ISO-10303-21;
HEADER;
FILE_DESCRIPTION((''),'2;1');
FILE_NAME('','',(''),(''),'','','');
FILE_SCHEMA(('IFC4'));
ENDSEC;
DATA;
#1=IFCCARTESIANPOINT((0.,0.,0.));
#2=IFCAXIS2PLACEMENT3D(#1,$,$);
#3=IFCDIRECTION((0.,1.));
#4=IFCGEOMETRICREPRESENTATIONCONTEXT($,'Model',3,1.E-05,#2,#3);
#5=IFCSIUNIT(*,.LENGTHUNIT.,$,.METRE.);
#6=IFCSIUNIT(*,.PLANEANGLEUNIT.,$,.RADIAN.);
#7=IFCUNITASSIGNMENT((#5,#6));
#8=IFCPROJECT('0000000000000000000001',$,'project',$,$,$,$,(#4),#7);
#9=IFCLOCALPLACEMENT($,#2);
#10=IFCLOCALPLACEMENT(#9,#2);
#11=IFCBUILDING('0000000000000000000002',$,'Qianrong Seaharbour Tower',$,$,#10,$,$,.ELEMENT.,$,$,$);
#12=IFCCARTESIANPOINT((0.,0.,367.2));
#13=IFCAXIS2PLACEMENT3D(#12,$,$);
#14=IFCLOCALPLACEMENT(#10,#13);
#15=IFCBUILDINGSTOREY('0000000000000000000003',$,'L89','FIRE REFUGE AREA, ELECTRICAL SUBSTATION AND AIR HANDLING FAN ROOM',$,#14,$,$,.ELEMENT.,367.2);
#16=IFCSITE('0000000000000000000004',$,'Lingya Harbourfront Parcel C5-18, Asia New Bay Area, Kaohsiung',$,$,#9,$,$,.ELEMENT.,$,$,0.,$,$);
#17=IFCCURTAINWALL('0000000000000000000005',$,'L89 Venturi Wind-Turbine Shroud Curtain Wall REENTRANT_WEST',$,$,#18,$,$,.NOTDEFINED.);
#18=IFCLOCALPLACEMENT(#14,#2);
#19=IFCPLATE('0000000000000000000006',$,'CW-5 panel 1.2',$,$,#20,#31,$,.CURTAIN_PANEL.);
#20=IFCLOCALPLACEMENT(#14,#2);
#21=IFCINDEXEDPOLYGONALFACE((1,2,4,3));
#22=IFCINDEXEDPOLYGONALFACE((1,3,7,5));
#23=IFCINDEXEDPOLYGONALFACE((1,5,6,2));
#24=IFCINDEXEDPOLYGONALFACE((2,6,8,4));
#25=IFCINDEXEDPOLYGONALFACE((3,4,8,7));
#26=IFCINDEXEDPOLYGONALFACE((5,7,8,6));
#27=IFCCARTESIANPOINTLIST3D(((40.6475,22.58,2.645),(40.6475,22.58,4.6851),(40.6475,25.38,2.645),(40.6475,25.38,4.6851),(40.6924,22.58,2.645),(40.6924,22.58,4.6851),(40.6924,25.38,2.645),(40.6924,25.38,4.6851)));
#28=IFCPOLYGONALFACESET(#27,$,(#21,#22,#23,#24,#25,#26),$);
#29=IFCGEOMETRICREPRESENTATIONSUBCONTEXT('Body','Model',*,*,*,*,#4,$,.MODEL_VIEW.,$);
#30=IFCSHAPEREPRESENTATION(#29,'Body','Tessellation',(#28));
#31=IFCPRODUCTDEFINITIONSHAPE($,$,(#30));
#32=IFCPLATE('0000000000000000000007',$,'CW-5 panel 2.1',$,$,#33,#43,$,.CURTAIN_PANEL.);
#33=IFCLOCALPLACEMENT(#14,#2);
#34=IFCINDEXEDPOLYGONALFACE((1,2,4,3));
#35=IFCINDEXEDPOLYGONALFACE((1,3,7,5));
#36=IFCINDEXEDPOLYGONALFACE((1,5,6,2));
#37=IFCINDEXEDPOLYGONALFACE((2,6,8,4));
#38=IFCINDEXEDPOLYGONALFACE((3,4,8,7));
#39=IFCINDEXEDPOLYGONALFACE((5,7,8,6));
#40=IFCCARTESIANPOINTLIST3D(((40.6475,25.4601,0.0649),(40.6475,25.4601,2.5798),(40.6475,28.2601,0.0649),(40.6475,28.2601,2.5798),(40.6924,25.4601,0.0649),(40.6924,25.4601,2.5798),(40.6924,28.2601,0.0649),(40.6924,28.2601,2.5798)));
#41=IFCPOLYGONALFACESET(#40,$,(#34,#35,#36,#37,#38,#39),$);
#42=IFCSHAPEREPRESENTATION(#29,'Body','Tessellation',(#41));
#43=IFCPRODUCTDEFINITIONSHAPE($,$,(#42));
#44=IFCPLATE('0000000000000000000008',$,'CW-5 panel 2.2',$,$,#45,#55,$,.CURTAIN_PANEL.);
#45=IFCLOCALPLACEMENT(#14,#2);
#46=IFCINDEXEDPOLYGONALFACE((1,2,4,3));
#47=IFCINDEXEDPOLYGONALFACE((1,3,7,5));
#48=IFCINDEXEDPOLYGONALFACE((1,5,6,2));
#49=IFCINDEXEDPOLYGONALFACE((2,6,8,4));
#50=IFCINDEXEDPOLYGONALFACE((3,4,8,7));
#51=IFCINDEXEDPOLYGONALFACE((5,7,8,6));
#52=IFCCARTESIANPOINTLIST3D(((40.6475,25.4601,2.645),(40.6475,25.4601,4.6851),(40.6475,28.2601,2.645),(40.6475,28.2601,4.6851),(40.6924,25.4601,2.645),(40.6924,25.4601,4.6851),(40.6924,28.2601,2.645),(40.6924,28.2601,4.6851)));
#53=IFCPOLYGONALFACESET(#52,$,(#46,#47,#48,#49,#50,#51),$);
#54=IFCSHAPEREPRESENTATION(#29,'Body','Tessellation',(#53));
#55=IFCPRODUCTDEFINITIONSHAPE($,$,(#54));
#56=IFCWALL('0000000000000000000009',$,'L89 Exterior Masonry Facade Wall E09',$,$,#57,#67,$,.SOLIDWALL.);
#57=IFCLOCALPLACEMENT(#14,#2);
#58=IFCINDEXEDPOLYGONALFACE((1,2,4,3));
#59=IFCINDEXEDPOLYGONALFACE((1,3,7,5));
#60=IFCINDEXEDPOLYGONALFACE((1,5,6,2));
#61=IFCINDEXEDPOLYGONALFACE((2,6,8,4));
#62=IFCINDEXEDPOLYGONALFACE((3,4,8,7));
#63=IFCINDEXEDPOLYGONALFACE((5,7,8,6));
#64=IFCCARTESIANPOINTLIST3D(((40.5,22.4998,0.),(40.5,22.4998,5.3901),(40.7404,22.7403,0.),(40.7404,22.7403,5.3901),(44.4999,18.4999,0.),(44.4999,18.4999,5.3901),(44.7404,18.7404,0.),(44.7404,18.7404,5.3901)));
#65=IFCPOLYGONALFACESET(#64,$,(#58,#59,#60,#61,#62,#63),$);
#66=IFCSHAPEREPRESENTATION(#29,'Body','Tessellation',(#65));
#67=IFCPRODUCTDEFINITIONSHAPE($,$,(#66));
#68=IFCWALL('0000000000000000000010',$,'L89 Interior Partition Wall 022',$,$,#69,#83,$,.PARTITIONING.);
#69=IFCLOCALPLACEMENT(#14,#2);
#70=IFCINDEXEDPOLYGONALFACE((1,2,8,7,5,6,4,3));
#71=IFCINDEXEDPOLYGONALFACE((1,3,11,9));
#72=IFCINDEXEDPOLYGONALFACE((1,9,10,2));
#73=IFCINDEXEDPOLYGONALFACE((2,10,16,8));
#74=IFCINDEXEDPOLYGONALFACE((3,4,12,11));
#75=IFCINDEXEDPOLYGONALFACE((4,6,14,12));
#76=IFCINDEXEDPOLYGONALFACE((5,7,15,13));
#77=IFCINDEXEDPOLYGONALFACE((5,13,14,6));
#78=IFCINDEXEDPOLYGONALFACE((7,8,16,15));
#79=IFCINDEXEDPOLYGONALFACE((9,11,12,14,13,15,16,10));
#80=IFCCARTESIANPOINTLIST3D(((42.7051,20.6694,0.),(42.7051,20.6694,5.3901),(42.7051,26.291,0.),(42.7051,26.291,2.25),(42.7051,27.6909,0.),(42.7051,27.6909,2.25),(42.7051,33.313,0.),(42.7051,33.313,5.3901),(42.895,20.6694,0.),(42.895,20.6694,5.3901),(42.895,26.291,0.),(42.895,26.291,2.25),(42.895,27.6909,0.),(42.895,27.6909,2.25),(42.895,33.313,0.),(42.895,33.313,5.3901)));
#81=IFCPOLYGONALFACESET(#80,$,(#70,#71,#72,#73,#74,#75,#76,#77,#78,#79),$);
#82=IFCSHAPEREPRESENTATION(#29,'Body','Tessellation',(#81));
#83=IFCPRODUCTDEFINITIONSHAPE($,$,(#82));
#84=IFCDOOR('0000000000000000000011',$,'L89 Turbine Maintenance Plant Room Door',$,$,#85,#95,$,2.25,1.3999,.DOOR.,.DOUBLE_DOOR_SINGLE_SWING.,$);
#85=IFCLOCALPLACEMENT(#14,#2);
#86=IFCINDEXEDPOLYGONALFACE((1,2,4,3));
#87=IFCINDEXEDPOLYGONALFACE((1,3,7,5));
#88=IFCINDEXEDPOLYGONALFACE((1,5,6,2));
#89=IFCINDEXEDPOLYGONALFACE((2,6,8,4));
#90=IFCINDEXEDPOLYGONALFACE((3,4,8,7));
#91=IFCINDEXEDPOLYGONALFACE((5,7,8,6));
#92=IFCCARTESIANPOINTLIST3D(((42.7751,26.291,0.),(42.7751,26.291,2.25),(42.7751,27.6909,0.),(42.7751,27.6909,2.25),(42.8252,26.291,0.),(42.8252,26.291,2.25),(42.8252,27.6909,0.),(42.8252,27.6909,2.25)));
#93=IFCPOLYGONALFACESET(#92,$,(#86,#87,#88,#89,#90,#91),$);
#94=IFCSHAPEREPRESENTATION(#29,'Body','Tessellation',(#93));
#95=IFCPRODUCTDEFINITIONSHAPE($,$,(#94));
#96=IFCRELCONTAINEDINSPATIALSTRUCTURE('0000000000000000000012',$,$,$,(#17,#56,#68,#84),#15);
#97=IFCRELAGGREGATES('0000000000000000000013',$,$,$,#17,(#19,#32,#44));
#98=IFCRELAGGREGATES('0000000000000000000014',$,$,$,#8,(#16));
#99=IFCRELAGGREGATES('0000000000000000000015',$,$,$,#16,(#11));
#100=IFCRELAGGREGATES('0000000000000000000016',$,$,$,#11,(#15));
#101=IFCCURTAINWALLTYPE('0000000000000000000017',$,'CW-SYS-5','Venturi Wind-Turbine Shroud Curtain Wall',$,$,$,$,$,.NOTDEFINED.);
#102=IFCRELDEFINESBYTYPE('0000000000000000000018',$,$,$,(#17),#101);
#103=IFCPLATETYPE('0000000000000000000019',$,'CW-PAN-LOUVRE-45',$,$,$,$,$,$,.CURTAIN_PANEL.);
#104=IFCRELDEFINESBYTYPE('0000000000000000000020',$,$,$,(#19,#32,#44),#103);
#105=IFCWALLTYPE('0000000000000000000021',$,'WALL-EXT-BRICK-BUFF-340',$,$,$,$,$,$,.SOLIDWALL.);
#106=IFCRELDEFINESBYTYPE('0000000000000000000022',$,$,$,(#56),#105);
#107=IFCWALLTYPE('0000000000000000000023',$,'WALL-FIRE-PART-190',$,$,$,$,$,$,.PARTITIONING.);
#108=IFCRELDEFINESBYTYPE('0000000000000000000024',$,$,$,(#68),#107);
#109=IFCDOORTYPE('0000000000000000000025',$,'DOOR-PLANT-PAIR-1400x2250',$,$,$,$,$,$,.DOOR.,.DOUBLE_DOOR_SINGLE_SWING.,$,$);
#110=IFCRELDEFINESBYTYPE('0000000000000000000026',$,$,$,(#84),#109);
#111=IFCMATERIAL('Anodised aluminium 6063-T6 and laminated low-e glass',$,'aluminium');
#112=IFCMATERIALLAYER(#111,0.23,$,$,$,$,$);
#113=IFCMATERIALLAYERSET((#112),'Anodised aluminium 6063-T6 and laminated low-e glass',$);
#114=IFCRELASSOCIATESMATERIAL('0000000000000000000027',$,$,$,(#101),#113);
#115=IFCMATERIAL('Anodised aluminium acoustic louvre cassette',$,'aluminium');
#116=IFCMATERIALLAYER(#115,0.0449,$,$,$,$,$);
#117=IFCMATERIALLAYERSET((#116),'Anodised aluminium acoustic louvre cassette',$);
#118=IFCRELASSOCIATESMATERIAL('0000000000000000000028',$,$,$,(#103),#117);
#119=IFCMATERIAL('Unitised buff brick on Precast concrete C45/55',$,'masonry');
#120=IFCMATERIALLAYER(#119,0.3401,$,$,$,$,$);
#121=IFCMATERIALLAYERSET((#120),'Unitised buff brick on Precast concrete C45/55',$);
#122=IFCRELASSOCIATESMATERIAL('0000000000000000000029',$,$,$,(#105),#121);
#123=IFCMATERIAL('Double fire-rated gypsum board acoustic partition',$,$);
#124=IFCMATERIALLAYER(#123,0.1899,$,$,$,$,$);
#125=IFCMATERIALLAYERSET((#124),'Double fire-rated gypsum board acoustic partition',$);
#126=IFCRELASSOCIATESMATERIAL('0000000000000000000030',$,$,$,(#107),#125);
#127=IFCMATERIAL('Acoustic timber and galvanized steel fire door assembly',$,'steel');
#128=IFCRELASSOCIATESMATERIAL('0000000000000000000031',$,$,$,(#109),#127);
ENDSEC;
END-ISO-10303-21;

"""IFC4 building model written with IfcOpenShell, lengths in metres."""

from ifc_helpers import new_model, si_unit, direction, frame, frame_2d, origin, origin_2d, place, context, subcontext, project, spatial, rectangle, extrude, material, layer, layer_set, type_object, element, fill, aggregate, save


model = new_model("IFC4")

# Units and contexts
model_context = context("Model", 3, precision=1e-05, world=origin(), true_north=direction((0.0, 1.0)))
body_context = subcontext(model_context, "Body", "Model", "MODEL_VIEW")
ifc_project = project(units=[si_unit("LENGTHUNIT", "METRE"), si_unit("PLANEANGLEUNIT", "RADIAN")], contexts=[model_context])

# Site, building, storey
site_placement = place(None, origin())
site = spatial("IfcSite", under=ifc_project, at=site_placement, Name="Lingya Harbourfront Parcel C5-18, Asia New Bay Area, Kaohsiung", CompositionType="ELEMENT", RefElevation=0.0)
building_placement = place(site_placement, origin())
building = spatial("IfcBuilding", under=site, at=building_placement, Name="Qianrong Seaharbour Tower", CompositionType="ELEMENT")
storey_placement = place(building_placement, frame((0.0, 0.0, 367.2)))
storey = spatial("IfcBuildingStorey", under=building, at=storey_placement, Name="L89", Description="FIRE REFUGE AREA, ELECTRICAL SUBSTATION AND AIR HANDLING FAN ROOM", CompositionType="ELEMENT", Elevation=367.2)

# Curtain wall
ifc_material_1 = material(Name="Anodised aluminium 6063-T6 and laminated low-e glass", Category="aluminium")
ifc_layer_1 = layer(ifc_material_1, 0.23)
ifc_layer_set_1 = layer_set([ifc_layer_1], Name="Anodised aluminium 6063-T6 and laminated low-e glass")
curtain_wall_type = type_object("IfcCurtainWallType", Name="CW-SYS-5", Description="Venturi Wind-Turbine Shroud Curtain Wall", PredefinedType="NOTDEFINED", material=ifc_layer_set_1)
curtain_wall_1_placement = place(storey_placement, origin())
curtain_wall_1 = element("IfcCurtainWall", 1, at=curtain_wall_1_placement, inside=storey, type_object=curtain_wall_type, Name="L89 Venturi Wind-Turbine Shroud Curtain Wall REENTRANT_WEST", PredefinedType="NOTDEFINED")

# Plates
ifc_material_2 = material(Name="Anodised aluminium acoustic louvre cassette", Category="aluminium")
ifc_layer_2 = layer(ifc_material_2, 0.0449)
ifc_layer_set_2 = layer_set([ifc_layer_2], Name="Anodised aluminium acoustic louvre cassette")
plate_type = type_object("IfcPlateType", Name="CW-PAN-LOUVRE-45", PredefinedType="CURTAIN_PANEL", material=ifc_layer_set_2)
plate_1_placement = place(storey_placement, frame((40.6699, 23.98, 2.645), z_axis=(0.0, 0.0, 1.0), x_axis=(0.0, 1.0, 0.0)))
plate_1 = element("IfcPlate", 2, at=plate_1_placement, type_object=plate_type, Name="CW-5 panel 1.2", PredefinedType="CURTAIN_PANEL", context=body_context, shape_type="SweptSolid", body=[
    extrude(rectangle(XDim=2.8, YDim=0.0449, at=origin_2d()), origin(), (0.0, 0.0, 1.0), 2.04),
])
plate_2_placement = place(storey_placement, frame((40.6699, 26.8601, 0.0649), z_axis=(0.0, 0.0, 1.0), x_axis=(0.0, 1.0, 0.0)))
plate_2 = element("IfcPlate", 3, at=plate_2_placement, type_object=plate_type, Name="CW-5 panel 2.1", PredefinedType="CURTAIN_PANEL", context=body_context, shape_type="SweptSolid", body=[
    extrude(rectangle(XDim=2.8, YDim=0.0449, at=origin_2d()), origin(), (0.0, 0.0, 1.0), 2.5149),
])
plate_3_placement = place(storey_placement, frame((40.6699, 26.8601, 2.645), z_axis=(0.0, 0.0, 1.0), x_axis=(0.0, 1.0, 0.0)))
plate_3 = element("IfcPlate", 4, at=plate_3_placement, type_object=plate_type, Name="CW-5 panel 2.2", PredefinedType="CURTAIN_PANEL", context=body_context, shape_type="SweptSolid", body=[
    extrude(rectangle(XDim=2.8, YDim=0.0449, at=origin_2d()), origin(), (0.0, 0.0, 1.0), 2.04),
])
aggregate(curtain_wall_1, [plate_1, plate_2, plate_3])

# Wall
ifc_material_3 = material(Name="Unitised buff brick on Precast concrete C45/55", Category="masonry")
ifc_layer_3 = layer(ifc_material_3, 0.3401)
ifc_layer_set_3 = layer_set([ifc_layer_3], Name="Unitised buff brick on Precast concrete C45/55")
wall_type_1 = type_object("IfcWallType", Name="WALL-EXT-BRICK-BUFF-340", PredefinedType="SOLIDWALL", material=ifc_layer_set_3)
wall_1_placement = place(storey_placement, frame((44.6201, 18.6201, 0.0), z_axis=(0.0, 0.0, 1.0), x_axis=(-0.707107, 0.707107, 0.0)))
element("IfcWall", 5, at=wall_1_placement, inside=storey, type_object=wall_type_1, Name="L89 Exterior Masonry Facade Wall E09", PredefinedType="SOLIDWALL", context=body_context, shape_type="SweptSolid", body=[
    extrude(rectangle(XDim=5.6567, YDim=0.3401, at=frame_2d((2.8284, 0.0))), origin(), (0.0, 0.0, 1.0), 5.3901),
])

# Wall, opening, door
ifc_material_4 = material(Name="Double fire-rated gypsum board acoustic partition")
ifc_layer_4 = layer(ifc_material_4, 0.1899)
ifc_layer_set_4 = layer_set([ifc_layer_4], Name="Double fire-rated gypsum board acoustic partition")
wall_type_2 = type_object("IfcWallType", Name="WALL-FIRE-PART-190", PredefinedType="PARTITIONING", material=ifc_layer_set_4)
wall_2_placement = place(storey_placement, frame((42.8, 20.6694, 0.0), z_axis=(0.0, 0.0, 1.0), x_axis=(0.0, 1.0, 0.0)))
wall_2 = element("IfcWall", 6, at=wall_2_placement, inside=storey, type_object=wall_type_2, Name="L89 Interior Partition Wall 022", PredefinedType="PARTITIONING", context=body_context, shape_type="SweptSolid", body=[
    extrude(rectangle(XDim=12.6436, YDim=0.1899, at=frame_2d((6.3218, 0.0))), origin(), (0.0, 0.0, 1.0), 5.3901),
])
opening_placement = place(wall_2_placement, frame((5.6216, 0.0, 0.0)))
opening = element("IfcOpeningElement", 7, at=opening_placement, cuts=wall_2, PredefinedType="OPENING", context=body_context, shape_type="SweptSolid", body=[
    extrude(rectangle(XDim=1.3999, YDim=2.25, at=frame_2d((0.7, 1.125))), frame((0.0, 0.105, 0.0), z_axis=(0.0, -1.0, 0.0), x_axis=(1.0, 0.0, 0.0)), (0.0, 0.0, 1.0), 0.21),
])
ifc_material_5 = material(Name="Acoustic timber and galvanized steel fire door assembly", Category="steel")
door_type = type_object("IfcDoorType", Name="DOOR-PLANT-PAIR-1400x2250", OperationType="DOUBLE_DOOR_SINGLE_SWING", PredefinedType="DOOR", material=ifc_material_5)
door_placement = place(opening_placement, origin())
door = element("IfcDoor", 8, at=door_placement, inside=storey, type_object=door_type, Name="L89 Turbine Maintenance Plant Room Door", OperationType="DOUBLE_DOOR_SINGLE_SWING", OverallHeight=2.25, OverallWidth=1.3999, PredefinedType="DOOR", context=body_context, shape_type="SweptSolid", body=[
    extrude(rectangle(XDim=1.3999, YDim=2.25, at=frame_2d((0.7, 1.125))), frame((0.0, 0.0249, 0.0), z_axis=(0.0, -1.0, 0.0), x_axis=(1.0, 0.0, 0.0)), (0.0, 0.0, 1.0), 0.05),
])
fill(opening, door)

save(model, "model.ifc")
